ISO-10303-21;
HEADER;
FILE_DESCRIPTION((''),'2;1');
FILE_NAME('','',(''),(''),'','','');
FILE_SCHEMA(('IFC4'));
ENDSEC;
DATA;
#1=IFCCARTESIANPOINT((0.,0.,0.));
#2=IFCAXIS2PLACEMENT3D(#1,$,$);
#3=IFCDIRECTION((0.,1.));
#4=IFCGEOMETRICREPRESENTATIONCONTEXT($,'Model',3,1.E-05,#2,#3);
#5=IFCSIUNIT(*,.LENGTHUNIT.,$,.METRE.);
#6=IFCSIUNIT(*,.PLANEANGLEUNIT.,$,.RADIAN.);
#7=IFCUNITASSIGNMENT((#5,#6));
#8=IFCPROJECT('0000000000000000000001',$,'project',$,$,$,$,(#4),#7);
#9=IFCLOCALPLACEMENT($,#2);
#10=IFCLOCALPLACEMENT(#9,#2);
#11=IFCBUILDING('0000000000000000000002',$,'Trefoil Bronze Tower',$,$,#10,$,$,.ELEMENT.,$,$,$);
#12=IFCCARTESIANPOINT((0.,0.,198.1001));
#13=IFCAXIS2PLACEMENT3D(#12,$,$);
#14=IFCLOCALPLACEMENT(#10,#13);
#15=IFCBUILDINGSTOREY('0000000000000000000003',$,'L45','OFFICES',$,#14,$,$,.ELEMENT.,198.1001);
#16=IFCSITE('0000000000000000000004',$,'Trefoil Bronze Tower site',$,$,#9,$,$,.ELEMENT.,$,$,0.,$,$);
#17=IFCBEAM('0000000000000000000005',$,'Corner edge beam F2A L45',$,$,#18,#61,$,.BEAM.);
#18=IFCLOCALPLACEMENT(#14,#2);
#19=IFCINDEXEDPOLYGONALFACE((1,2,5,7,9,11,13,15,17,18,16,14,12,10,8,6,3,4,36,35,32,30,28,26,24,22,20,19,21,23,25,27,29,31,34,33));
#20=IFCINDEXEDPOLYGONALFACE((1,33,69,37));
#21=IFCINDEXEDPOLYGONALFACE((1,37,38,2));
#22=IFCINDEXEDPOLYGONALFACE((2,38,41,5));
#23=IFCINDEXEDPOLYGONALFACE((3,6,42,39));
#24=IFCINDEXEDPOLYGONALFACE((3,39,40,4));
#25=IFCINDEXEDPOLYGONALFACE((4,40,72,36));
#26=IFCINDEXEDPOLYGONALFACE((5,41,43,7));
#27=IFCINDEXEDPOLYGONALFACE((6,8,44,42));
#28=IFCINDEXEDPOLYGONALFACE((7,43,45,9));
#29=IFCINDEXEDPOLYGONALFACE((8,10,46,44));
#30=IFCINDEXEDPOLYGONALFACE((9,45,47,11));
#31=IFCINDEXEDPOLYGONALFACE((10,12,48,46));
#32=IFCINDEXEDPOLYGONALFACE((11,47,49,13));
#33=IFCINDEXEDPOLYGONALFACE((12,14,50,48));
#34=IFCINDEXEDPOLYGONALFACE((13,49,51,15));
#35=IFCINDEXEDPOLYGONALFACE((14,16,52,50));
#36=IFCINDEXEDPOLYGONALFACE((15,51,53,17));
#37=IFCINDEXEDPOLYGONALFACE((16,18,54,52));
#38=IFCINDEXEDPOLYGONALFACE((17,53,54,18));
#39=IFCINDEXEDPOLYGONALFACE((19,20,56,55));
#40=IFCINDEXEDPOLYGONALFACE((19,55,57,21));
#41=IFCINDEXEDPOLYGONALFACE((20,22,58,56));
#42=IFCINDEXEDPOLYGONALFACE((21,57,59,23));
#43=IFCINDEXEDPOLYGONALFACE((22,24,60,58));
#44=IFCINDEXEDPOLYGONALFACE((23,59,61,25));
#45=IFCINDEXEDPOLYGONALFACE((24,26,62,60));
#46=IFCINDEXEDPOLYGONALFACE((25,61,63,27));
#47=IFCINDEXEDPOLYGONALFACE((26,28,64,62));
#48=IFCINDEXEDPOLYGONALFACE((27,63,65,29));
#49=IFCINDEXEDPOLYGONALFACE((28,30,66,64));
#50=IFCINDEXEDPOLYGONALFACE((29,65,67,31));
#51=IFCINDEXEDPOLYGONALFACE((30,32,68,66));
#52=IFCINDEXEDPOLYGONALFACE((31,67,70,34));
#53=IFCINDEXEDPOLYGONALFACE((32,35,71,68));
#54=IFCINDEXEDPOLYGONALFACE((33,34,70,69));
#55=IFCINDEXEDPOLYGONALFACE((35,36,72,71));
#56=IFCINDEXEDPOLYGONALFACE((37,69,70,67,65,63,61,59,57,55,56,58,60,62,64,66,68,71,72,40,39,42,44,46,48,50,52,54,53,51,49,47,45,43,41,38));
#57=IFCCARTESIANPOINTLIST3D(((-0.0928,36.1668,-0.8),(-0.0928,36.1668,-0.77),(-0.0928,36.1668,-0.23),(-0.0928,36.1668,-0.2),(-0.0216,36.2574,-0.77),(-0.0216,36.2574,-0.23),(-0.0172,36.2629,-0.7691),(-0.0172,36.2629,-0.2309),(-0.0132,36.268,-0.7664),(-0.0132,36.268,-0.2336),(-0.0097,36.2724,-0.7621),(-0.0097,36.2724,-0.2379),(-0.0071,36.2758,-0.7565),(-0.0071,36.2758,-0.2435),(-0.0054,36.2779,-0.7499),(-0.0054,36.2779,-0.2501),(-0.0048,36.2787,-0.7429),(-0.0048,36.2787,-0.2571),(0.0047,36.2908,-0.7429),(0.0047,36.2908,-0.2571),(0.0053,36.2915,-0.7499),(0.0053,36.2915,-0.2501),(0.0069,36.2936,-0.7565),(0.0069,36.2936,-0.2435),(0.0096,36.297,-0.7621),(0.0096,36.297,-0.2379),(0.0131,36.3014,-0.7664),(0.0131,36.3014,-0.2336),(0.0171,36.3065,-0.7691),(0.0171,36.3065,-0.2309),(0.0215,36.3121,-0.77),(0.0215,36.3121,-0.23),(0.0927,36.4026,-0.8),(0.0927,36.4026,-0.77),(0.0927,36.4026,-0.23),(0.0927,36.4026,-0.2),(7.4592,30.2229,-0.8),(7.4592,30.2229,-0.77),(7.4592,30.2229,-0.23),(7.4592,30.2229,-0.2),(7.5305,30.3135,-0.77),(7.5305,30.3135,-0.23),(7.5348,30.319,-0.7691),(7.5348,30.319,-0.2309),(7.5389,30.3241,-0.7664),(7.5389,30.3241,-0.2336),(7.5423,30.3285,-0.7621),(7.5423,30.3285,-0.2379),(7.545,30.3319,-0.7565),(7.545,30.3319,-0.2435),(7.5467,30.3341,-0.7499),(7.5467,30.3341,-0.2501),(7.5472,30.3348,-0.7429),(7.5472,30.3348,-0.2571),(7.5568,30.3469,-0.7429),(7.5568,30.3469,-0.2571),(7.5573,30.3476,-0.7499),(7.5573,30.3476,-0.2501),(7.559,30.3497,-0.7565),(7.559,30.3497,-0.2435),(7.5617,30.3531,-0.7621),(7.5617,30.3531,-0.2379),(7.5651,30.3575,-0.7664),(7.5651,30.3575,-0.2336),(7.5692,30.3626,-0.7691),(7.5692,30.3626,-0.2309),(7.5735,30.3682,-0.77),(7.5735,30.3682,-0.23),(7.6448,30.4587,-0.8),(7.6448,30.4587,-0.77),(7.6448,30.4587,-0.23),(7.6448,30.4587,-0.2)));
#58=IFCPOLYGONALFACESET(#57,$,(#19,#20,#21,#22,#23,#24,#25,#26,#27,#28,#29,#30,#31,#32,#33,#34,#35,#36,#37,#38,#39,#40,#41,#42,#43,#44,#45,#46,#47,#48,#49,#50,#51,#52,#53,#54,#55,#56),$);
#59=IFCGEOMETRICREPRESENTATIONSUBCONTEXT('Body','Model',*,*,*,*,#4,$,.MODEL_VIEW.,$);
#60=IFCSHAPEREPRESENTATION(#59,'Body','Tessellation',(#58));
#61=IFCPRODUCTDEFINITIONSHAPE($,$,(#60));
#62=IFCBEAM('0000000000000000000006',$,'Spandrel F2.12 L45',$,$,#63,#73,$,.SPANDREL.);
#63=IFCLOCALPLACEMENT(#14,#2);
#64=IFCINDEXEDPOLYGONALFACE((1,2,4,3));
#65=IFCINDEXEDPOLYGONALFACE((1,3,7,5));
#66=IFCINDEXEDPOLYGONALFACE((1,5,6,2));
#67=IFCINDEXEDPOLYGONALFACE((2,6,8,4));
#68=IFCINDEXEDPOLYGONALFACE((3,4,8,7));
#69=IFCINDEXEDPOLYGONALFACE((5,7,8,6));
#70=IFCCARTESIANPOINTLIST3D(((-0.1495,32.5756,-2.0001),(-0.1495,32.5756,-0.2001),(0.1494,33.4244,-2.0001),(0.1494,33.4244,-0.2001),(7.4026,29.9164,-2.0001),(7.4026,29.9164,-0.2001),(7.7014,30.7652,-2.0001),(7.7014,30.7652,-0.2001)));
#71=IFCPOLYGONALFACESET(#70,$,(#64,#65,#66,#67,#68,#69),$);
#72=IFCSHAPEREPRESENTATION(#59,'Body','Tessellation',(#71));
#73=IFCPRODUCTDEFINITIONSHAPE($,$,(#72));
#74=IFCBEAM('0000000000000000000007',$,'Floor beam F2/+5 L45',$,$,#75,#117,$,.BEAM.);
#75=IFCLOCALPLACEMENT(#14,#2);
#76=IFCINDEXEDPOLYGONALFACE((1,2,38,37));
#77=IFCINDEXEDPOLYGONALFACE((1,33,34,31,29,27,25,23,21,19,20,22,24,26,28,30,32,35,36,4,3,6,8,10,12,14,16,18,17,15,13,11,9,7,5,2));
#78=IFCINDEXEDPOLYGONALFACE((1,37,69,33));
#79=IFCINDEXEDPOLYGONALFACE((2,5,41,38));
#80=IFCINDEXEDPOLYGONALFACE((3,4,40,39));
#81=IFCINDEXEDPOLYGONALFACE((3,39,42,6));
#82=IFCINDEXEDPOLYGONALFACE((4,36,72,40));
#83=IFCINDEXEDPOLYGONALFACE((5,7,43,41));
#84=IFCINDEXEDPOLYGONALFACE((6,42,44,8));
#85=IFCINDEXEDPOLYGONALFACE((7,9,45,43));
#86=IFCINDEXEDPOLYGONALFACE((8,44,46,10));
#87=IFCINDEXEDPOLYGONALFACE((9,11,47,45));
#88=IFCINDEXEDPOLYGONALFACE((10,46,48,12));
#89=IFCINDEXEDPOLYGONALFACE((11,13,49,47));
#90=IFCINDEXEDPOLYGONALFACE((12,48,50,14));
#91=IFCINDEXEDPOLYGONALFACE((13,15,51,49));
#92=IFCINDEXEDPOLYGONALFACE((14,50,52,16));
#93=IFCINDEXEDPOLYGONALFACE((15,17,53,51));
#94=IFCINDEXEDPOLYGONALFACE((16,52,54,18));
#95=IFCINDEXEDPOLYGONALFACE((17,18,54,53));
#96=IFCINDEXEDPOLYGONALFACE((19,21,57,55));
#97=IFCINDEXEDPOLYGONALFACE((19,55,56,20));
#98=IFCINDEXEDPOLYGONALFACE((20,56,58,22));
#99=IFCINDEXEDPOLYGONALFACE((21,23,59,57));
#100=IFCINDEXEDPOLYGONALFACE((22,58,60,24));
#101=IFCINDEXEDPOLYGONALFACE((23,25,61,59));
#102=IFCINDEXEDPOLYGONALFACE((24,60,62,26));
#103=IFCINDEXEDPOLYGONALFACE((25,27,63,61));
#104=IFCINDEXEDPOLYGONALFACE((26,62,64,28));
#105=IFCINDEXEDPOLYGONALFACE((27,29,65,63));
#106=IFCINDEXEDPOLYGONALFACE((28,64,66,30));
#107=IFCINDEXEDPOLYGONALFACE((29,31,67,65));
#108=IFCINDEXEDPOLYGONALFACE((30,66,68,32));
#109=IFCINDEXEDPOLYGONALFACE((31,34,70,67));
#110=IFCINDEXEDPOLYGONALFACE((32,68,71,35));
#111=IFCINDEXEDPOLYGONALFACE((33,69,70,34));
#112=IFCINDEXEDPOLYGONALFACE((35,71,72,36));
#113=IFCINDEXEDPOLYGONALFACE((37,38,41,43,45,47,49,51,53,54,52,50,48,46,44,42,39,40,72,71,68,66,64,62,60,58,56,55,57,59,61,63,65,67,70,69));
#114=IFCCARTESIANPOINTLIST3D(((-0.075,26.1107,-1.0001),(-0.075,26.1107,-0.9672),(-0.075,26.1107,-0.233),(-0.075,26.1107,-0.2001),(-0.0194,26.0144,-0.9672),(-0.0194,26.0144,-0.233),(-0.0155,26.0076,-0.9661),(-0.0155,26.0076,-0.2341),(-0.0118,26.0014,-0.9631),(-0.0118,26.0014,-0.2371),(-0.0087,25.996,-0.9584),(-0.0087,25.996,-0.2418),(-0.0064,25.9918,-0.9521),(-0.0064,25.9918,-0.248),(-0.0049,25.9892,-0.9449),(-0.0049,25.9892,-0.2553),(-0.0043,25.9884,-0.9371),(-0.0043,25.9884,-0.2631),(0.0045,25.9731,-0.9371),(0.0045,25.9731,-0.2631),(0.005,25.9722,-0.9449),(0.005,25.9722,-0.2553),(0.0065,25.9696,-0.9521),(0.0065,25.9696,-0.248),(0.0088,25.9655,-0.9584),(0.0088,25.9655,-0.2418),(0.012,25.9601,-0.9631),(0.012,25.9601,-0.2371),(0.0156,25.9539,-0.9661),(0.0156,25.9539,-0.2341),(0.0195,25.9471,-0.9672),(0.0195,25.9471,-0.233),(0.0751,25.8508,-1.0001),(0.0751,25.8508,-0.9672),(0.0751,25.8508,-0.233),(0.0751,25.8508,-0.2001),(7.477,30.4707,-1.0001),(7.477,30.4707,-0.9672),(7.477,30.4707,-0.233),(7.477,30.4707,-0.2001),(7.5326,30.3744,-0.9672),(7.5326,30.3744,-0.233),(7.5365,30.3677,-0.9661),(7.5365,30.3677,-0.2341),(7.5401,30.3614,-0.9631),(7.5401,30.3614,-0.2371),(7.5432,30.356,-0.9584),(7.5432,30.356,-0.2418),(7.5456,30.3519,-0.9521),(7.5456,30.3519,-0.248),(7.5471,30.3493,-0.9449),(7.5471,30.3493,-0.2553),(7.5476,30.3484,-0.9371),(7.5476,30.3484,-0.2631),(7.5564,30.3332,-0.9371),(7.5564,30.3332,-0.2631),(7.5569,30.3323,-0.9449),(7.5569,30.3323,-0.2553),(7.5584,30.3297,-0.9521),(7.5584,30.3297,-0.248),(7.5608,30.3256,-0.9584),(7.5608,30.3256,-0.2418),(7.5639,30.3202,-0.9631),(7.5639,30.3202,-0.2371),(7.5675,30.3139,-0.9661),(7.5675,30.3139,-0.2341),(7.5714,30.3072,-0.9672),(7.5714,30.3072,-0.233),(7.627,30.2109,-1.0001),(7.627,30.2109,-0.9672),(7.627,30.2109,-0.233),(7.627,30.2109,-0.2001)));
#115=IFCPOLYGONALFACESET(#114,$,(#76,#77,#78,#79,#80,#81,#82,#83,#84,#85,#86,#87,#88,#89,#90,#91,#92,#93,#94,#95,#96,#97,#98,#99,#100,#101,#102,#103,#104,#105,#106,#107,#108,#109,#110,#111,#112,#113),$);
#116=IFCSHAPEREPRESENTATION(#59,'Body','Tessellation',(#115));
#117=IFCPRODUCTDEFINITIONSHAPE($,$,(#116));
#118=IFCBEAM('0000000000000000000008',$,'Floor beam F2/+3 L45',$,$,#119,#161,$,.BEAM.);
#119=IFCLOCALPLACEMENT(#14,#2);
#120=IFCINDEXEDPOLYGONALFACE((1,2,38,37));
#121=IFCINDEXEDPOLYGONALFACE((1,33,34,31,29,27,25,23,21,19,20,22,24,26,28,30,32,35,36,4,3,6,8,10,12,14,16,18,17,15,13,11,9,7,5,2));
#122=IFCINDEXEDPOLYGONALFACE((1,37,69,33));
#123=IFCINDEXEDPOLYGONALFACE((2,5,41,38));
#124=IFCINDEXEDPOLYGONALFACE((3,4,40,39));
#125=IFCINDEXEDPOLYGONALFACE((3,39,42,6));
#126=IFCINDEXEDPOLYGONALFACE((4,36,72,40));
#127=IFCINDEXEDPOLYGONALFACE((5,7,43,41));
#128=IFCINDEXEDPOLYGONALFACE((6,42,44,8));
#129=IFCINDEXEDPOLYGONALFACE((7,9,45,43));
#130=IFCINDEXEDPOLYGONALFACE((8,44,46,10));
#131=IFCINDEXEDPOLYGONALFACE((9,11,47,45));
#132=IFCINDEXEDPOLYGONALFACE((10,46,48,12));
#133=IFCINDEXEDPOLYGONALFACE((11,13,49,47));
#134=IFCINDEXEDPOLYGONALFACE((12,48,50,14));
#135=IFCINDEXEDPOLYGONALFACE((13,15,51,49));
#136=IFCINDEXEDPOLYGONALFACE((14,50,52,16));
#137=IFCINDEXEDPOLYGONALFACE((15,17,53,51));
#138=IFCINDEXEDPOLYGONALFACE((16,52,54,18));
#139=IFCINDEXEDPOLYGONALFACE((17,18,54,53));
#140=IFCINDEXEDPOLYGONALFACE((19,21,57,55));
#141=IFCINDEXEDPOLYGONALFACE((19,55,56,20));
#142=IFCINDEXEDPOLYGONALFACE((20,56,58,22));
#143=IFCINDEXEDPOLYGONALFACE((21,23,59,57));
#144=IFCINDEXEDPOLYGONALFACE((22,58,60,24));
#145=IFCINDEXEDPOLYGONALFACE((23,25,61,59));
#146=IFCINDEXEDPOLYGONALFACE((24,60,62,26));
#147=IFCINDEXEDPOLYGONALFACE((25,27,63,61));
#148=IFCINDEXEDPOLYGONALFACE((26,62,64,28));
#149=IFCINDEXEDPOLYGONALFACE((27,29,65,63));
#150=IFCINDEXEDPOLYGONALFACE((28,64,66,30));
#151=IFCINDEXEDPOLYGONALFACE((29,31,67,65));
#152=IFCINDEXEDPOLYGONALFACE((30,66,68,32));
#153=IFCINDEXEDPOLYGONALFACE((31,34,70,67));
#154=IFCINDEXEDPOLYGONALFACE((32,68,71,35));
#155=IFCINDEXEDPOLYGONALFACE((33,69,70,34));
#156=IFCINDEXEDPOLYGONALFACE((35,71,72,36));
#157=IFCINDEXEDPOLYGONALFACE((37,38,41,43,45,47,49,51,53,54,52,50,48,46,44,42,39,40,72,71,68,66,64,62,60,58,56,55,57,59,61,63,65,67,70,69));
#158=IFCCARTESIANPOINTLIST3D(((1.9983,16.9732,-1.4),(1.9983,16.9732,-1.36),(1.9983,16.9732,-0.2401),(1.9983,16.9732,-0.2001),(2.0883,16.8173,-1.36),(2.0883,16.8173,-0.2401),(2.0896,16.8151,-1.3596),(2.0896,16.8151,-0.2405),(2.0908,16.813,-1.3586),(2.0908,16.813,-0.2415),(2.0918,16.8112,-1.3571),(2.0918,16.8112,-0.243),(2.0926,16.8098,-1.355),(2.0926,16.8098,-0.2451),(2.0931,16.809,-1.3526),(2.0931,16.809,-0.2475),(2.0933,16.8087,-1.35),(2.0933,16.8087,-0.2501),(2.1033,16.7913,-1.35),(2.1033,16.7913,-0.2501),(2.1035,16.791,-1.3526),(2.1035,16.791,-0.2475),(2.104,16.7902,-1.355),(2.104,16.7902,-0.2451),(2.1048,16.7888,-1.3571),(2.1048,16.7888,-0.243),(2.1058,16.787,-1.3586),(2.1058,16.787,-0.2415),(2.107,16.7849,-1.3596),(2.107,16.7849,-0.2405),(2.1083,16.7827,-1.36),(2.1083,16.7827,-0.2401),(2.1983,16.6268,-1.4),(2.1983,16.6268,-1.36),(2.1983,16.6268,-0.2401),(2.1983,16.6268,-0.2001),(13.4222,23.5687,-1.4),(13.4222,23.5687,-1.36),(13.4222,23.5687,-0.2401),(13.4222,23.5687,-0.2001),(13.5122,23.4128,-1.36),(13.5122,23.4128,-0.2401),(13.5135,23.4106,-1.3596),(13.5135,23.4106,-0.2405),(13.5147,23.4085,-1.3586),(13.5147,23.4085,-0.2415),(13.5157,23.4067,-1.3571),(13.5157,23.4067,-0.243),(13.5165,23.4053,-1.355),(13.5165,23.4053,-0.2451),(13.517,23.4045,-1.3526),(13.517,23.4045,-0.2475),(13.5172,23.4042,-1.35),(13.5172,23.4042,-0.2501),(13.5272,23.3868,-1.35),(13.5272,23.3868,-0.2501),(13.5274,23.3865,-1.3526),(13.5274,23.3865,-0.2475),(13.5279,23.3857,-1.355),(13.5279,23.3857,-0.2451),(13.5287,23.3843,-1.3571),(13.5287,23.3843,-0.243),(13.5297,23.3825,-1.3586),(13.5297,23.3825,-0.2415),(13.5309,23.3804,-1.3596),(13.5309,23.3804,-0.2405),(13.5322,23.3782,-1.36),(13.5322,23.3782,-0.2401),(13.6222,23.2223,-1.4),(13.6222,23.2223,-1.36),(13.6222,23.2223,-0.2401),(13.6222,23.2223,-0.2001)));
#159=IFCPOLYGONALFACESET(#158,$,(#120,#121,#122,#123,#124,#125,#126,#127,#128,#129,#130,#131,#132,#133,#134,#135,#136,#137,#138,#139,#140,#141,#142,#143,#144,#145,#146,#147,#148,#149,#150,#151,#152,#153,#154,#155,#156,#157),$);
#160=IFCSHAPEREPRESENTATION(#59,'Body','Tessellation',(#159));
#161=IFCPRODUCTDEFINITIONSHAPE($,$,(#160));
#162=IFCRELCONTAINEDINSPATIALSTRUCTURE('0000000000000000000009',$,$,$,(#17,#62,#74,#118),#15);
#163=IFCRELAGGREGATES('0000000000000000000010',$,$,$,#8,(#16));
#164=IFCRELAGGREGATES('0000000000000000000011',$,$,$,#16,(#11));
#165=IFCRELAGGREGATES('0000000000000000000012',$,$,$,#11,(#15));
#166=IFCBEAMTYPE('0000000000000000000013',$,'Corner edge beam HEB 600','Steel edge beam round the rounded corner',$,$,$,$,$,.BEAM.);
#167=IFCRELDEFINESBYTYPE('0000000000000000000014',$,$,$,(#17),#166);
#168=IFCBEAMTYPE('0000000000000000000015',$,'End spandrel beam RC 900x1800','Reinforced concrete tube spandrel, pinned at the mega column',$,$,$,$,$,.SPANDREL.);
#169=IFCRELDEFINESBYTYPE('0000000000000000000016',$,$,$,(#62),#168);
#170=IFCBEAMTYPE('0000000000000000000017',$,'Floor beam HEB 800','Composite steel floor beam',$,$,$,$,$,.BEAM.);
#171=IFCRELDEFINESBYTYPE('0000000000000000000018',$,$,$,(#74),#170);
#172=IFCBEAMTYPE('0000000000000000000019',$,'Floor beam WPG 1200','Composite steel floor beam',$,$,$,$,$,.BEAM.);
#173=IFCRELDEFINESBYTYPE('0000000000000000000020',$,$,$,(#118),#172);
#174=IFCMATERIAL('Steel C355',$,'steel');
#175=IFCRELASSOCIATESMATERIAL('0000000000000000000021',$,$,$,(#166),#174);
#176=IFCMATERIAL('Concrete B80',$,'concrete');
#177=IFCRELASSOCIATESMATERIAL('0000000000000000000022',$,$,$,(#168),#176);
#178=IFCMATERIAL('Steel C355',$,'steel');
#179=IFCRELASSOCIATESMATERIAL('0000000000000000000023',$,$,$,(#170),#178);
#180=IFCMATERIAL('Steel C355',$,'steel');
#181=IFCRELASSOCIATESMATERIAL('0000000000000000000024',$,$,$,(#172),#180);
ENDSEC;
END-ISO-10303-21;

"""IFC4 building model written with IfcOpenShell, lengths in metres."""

from ifc_helpers import new_model, si_unit, direction, frame, origin, origin_2d, place, context, subcontext, project, spatial, rectangle, i_section, extrude, material, material_profile, profile_set, type_object, element, save


model = new_model("IFC4")

# Units and contexts
model_context = context("Model", 3, precision=1e-05, world=origin(), true_north=direction((0.0, 1.0)))
body_context = subcontext(model_context, "Body", "Model", "MODEL_VIEW")
ifc_project = project(units=[si_unit("LENGTHUNIT", "METRE"), si_unit("PLANEANGLEUNIT", "RADIAN")], contexts=[model_context])

# Site, building, storey
site_placement = place(None, origin())
site = spatial("IfcSite", under=ifc_project, at=site_placement, Name="Trefoil Bronze Tower site", CompositionType="ELEMENT", RefElevation=0.0)
building_placement = place(site_placement, origin())
building = spatial("IfcBuilding", under=site, at=building_placement, Name="Trefoil Bronze Tower", CompositionType="ELEMENT")
storey_placement = place(building_placement, frame((0.0, 0.0, 198.1001)))
storey = spatial("IfcBuildingStorey", under=building, at=storey_placement, Name="L45", Description="OFFICES", CompositionType="ELEMENT", Elevation=198.1001)

# Beams
ifc_material_1 = material(Name="Steel C355", Category="steel")
ifc_material_profile_1 = material_profile(ifc_material_1, i_section(OverallWidth=0.3, OverallDepth=0.6001, WebThickness=0.0154, FlangeThickness=0.03, FilletRadius=0.0271, at=origin_2d()), Name="HEB 600")
ifc_profile_set_1 = profile_set([ifc_material_profile_1], Name="Steel C355")
beam_type_1 = type_object("IfcBeamType", Name="Corner edge beam HEB 600", Description="Steel edge beam round the rounded corner", PredefinedType="BEAM", material=ifc_profile_set_1)
beam_1_placement = place(storey_placement, frame((7.552, 30.3408, -0.5), z_axis=(-0.785806, 0.618473, 0.0), x_axis=(-0.618473, -0.785806, 0.0)))
element("IfcBeam", 1, at=beam_1_placement, inside=storey, type_object=beam_type_1, Name="Corner edge beam F2A L45", PredefinedType="BEAM", context=body_context, shape_type="SweptSolid", body=[
    extrude(i_section(OverallWidth=0.3, OverallDepth=0.6001, WebThickness=0.0154, FlangeThickness=0.03, FilletRadius=0.0271, at=origin_2d()), origin(), (0.0, 0.0, 1.0), 9.6106),
])
ifc_material_2 = material(Name="Concrete B80", Category="concrete")
ifc_material_profile_2 = material_profile(ifc_material_2, rectangle(XDim=0.8999, YDim=1.8, at=origin_2d()), Name="RC 900x1800")
ifc_profile_set_2 = profile_set([ifc_material_profile_2], Name="Concrete B80")
beam_type_2 = type_object("IfcBeamType", Name="End spandrel beam RC 900x1800", Description="Reinforced concrete tube spandrel, pinned at the mega column", PredefinedType="SPANDREL", material=ifc_profile_set_2)
beam_2_placement = place(storey_placement, frame((7.552, 30.3408, -1.1001), z_axis=(-0.943234, 0.332128, 0.0), x_axis=(-0.332128, -0.943234, 0.0)))
element("IfcBeam", 2, at=beam_2_placement, inside=storey, type_object=beam_type_2, Name="Spandrel F2.12 L45", PredefinedType="SPANDREL", context=body_context, shape_type="SweptSolid", body=[
    extrude(rectangle(XDim=0.8999, YDim=1.8, at=origin_2d()), origin(), (0.0, 0.0, 1.0), 8.0066),
])
ifc_material_3 = material(Name="Steel C355", Category="steel")
ifc_material_profile_3 = material_profile(ifc_material_3, i_section(OverallWidth=0.3, OverallDepth=0.8, WebThickness=0.0176, FlangeThickness=0.033, FilletRadius=0.03, at=origin_2d()), Name="HEB 800")
ifc_profile_set_3 = profile_set([ifc_material_profile_3], Name="Steel C355")
beam_type_3 = type_object("IfcBeamType", Name="Floor beam HEB 800", Description="Composite steel floor beam", PredefinedType="BEAM", material=ifc_profile_set_3)
beam_3_placement = place(storey_placement, frame((7.552, 30.3408, -0.6001), z_axis=(-0.866028, -0.499996, 0.0), x_axis=(0.499996, -0.866028, 0.0)))
element("IfcBeam", 3, at=beam_3_placement, inside=storey, type_object=beam_type_3, Name="Floor beam F2/+5 L45", PredefinedType="BEAM", context=body_context, shape_type="SweptSolid", body=[
    extrude(i_section(OverallWidth=0.3, OverallDepth=0.8, WebThickness=0.0176, FlangeThickness=0.033, FilletRadius=0.03, at=origin_2d()), origin(), (0.0, 0.0, 1.0), 8.7202),
])
ifc_material_4 = material(Name="Steel C355", Category="steel")
ifc_material_profile_4 = material_profile(ifc_material_4, i_section(OverallWidth=0.3999, OverallDepth=1.2, WebThickness=0.02, FlangeThickness=0.04, FilletRadius=0.01, at=origin_2d()), Name="WPG 1200")
ifc_profile_set_4 = profile_set([ifc_material_profile_4], Name="Steel C355")
beam_type_4 = type_object("IfcBeamType", Name="Floor beam WPG 1200", Description="Composite steel floor beam", PredefinedType="BEAM", material=ifc_profile_set_4)
beam_4_placement = place(storey_placement, frame((13.5222, 23.3955, -0.8), z_axis=(-0.866028, -0.499995, 0.0), x_axis=(0.499995, -0.866028, 0.0)))
element("IfcBeam", 4, at=beam_4_placement, inside=storey, type_object=beam_type_4, Name="Floor beam F2/+3 L45", PredefinedType="BEAM", context=body_context, shape_type="SweptSolid", body=[
    extrude(i_section(OverallWidth=0.3999, OverallDepth=1.2, WebThickness=0.02, FlangeThickness=0.04, FilletRadius=0.01, at=origin_2d()), origin(), (0.0, 0.0, 1.0), 13.1912),
])

save(model, "model.ifc")
